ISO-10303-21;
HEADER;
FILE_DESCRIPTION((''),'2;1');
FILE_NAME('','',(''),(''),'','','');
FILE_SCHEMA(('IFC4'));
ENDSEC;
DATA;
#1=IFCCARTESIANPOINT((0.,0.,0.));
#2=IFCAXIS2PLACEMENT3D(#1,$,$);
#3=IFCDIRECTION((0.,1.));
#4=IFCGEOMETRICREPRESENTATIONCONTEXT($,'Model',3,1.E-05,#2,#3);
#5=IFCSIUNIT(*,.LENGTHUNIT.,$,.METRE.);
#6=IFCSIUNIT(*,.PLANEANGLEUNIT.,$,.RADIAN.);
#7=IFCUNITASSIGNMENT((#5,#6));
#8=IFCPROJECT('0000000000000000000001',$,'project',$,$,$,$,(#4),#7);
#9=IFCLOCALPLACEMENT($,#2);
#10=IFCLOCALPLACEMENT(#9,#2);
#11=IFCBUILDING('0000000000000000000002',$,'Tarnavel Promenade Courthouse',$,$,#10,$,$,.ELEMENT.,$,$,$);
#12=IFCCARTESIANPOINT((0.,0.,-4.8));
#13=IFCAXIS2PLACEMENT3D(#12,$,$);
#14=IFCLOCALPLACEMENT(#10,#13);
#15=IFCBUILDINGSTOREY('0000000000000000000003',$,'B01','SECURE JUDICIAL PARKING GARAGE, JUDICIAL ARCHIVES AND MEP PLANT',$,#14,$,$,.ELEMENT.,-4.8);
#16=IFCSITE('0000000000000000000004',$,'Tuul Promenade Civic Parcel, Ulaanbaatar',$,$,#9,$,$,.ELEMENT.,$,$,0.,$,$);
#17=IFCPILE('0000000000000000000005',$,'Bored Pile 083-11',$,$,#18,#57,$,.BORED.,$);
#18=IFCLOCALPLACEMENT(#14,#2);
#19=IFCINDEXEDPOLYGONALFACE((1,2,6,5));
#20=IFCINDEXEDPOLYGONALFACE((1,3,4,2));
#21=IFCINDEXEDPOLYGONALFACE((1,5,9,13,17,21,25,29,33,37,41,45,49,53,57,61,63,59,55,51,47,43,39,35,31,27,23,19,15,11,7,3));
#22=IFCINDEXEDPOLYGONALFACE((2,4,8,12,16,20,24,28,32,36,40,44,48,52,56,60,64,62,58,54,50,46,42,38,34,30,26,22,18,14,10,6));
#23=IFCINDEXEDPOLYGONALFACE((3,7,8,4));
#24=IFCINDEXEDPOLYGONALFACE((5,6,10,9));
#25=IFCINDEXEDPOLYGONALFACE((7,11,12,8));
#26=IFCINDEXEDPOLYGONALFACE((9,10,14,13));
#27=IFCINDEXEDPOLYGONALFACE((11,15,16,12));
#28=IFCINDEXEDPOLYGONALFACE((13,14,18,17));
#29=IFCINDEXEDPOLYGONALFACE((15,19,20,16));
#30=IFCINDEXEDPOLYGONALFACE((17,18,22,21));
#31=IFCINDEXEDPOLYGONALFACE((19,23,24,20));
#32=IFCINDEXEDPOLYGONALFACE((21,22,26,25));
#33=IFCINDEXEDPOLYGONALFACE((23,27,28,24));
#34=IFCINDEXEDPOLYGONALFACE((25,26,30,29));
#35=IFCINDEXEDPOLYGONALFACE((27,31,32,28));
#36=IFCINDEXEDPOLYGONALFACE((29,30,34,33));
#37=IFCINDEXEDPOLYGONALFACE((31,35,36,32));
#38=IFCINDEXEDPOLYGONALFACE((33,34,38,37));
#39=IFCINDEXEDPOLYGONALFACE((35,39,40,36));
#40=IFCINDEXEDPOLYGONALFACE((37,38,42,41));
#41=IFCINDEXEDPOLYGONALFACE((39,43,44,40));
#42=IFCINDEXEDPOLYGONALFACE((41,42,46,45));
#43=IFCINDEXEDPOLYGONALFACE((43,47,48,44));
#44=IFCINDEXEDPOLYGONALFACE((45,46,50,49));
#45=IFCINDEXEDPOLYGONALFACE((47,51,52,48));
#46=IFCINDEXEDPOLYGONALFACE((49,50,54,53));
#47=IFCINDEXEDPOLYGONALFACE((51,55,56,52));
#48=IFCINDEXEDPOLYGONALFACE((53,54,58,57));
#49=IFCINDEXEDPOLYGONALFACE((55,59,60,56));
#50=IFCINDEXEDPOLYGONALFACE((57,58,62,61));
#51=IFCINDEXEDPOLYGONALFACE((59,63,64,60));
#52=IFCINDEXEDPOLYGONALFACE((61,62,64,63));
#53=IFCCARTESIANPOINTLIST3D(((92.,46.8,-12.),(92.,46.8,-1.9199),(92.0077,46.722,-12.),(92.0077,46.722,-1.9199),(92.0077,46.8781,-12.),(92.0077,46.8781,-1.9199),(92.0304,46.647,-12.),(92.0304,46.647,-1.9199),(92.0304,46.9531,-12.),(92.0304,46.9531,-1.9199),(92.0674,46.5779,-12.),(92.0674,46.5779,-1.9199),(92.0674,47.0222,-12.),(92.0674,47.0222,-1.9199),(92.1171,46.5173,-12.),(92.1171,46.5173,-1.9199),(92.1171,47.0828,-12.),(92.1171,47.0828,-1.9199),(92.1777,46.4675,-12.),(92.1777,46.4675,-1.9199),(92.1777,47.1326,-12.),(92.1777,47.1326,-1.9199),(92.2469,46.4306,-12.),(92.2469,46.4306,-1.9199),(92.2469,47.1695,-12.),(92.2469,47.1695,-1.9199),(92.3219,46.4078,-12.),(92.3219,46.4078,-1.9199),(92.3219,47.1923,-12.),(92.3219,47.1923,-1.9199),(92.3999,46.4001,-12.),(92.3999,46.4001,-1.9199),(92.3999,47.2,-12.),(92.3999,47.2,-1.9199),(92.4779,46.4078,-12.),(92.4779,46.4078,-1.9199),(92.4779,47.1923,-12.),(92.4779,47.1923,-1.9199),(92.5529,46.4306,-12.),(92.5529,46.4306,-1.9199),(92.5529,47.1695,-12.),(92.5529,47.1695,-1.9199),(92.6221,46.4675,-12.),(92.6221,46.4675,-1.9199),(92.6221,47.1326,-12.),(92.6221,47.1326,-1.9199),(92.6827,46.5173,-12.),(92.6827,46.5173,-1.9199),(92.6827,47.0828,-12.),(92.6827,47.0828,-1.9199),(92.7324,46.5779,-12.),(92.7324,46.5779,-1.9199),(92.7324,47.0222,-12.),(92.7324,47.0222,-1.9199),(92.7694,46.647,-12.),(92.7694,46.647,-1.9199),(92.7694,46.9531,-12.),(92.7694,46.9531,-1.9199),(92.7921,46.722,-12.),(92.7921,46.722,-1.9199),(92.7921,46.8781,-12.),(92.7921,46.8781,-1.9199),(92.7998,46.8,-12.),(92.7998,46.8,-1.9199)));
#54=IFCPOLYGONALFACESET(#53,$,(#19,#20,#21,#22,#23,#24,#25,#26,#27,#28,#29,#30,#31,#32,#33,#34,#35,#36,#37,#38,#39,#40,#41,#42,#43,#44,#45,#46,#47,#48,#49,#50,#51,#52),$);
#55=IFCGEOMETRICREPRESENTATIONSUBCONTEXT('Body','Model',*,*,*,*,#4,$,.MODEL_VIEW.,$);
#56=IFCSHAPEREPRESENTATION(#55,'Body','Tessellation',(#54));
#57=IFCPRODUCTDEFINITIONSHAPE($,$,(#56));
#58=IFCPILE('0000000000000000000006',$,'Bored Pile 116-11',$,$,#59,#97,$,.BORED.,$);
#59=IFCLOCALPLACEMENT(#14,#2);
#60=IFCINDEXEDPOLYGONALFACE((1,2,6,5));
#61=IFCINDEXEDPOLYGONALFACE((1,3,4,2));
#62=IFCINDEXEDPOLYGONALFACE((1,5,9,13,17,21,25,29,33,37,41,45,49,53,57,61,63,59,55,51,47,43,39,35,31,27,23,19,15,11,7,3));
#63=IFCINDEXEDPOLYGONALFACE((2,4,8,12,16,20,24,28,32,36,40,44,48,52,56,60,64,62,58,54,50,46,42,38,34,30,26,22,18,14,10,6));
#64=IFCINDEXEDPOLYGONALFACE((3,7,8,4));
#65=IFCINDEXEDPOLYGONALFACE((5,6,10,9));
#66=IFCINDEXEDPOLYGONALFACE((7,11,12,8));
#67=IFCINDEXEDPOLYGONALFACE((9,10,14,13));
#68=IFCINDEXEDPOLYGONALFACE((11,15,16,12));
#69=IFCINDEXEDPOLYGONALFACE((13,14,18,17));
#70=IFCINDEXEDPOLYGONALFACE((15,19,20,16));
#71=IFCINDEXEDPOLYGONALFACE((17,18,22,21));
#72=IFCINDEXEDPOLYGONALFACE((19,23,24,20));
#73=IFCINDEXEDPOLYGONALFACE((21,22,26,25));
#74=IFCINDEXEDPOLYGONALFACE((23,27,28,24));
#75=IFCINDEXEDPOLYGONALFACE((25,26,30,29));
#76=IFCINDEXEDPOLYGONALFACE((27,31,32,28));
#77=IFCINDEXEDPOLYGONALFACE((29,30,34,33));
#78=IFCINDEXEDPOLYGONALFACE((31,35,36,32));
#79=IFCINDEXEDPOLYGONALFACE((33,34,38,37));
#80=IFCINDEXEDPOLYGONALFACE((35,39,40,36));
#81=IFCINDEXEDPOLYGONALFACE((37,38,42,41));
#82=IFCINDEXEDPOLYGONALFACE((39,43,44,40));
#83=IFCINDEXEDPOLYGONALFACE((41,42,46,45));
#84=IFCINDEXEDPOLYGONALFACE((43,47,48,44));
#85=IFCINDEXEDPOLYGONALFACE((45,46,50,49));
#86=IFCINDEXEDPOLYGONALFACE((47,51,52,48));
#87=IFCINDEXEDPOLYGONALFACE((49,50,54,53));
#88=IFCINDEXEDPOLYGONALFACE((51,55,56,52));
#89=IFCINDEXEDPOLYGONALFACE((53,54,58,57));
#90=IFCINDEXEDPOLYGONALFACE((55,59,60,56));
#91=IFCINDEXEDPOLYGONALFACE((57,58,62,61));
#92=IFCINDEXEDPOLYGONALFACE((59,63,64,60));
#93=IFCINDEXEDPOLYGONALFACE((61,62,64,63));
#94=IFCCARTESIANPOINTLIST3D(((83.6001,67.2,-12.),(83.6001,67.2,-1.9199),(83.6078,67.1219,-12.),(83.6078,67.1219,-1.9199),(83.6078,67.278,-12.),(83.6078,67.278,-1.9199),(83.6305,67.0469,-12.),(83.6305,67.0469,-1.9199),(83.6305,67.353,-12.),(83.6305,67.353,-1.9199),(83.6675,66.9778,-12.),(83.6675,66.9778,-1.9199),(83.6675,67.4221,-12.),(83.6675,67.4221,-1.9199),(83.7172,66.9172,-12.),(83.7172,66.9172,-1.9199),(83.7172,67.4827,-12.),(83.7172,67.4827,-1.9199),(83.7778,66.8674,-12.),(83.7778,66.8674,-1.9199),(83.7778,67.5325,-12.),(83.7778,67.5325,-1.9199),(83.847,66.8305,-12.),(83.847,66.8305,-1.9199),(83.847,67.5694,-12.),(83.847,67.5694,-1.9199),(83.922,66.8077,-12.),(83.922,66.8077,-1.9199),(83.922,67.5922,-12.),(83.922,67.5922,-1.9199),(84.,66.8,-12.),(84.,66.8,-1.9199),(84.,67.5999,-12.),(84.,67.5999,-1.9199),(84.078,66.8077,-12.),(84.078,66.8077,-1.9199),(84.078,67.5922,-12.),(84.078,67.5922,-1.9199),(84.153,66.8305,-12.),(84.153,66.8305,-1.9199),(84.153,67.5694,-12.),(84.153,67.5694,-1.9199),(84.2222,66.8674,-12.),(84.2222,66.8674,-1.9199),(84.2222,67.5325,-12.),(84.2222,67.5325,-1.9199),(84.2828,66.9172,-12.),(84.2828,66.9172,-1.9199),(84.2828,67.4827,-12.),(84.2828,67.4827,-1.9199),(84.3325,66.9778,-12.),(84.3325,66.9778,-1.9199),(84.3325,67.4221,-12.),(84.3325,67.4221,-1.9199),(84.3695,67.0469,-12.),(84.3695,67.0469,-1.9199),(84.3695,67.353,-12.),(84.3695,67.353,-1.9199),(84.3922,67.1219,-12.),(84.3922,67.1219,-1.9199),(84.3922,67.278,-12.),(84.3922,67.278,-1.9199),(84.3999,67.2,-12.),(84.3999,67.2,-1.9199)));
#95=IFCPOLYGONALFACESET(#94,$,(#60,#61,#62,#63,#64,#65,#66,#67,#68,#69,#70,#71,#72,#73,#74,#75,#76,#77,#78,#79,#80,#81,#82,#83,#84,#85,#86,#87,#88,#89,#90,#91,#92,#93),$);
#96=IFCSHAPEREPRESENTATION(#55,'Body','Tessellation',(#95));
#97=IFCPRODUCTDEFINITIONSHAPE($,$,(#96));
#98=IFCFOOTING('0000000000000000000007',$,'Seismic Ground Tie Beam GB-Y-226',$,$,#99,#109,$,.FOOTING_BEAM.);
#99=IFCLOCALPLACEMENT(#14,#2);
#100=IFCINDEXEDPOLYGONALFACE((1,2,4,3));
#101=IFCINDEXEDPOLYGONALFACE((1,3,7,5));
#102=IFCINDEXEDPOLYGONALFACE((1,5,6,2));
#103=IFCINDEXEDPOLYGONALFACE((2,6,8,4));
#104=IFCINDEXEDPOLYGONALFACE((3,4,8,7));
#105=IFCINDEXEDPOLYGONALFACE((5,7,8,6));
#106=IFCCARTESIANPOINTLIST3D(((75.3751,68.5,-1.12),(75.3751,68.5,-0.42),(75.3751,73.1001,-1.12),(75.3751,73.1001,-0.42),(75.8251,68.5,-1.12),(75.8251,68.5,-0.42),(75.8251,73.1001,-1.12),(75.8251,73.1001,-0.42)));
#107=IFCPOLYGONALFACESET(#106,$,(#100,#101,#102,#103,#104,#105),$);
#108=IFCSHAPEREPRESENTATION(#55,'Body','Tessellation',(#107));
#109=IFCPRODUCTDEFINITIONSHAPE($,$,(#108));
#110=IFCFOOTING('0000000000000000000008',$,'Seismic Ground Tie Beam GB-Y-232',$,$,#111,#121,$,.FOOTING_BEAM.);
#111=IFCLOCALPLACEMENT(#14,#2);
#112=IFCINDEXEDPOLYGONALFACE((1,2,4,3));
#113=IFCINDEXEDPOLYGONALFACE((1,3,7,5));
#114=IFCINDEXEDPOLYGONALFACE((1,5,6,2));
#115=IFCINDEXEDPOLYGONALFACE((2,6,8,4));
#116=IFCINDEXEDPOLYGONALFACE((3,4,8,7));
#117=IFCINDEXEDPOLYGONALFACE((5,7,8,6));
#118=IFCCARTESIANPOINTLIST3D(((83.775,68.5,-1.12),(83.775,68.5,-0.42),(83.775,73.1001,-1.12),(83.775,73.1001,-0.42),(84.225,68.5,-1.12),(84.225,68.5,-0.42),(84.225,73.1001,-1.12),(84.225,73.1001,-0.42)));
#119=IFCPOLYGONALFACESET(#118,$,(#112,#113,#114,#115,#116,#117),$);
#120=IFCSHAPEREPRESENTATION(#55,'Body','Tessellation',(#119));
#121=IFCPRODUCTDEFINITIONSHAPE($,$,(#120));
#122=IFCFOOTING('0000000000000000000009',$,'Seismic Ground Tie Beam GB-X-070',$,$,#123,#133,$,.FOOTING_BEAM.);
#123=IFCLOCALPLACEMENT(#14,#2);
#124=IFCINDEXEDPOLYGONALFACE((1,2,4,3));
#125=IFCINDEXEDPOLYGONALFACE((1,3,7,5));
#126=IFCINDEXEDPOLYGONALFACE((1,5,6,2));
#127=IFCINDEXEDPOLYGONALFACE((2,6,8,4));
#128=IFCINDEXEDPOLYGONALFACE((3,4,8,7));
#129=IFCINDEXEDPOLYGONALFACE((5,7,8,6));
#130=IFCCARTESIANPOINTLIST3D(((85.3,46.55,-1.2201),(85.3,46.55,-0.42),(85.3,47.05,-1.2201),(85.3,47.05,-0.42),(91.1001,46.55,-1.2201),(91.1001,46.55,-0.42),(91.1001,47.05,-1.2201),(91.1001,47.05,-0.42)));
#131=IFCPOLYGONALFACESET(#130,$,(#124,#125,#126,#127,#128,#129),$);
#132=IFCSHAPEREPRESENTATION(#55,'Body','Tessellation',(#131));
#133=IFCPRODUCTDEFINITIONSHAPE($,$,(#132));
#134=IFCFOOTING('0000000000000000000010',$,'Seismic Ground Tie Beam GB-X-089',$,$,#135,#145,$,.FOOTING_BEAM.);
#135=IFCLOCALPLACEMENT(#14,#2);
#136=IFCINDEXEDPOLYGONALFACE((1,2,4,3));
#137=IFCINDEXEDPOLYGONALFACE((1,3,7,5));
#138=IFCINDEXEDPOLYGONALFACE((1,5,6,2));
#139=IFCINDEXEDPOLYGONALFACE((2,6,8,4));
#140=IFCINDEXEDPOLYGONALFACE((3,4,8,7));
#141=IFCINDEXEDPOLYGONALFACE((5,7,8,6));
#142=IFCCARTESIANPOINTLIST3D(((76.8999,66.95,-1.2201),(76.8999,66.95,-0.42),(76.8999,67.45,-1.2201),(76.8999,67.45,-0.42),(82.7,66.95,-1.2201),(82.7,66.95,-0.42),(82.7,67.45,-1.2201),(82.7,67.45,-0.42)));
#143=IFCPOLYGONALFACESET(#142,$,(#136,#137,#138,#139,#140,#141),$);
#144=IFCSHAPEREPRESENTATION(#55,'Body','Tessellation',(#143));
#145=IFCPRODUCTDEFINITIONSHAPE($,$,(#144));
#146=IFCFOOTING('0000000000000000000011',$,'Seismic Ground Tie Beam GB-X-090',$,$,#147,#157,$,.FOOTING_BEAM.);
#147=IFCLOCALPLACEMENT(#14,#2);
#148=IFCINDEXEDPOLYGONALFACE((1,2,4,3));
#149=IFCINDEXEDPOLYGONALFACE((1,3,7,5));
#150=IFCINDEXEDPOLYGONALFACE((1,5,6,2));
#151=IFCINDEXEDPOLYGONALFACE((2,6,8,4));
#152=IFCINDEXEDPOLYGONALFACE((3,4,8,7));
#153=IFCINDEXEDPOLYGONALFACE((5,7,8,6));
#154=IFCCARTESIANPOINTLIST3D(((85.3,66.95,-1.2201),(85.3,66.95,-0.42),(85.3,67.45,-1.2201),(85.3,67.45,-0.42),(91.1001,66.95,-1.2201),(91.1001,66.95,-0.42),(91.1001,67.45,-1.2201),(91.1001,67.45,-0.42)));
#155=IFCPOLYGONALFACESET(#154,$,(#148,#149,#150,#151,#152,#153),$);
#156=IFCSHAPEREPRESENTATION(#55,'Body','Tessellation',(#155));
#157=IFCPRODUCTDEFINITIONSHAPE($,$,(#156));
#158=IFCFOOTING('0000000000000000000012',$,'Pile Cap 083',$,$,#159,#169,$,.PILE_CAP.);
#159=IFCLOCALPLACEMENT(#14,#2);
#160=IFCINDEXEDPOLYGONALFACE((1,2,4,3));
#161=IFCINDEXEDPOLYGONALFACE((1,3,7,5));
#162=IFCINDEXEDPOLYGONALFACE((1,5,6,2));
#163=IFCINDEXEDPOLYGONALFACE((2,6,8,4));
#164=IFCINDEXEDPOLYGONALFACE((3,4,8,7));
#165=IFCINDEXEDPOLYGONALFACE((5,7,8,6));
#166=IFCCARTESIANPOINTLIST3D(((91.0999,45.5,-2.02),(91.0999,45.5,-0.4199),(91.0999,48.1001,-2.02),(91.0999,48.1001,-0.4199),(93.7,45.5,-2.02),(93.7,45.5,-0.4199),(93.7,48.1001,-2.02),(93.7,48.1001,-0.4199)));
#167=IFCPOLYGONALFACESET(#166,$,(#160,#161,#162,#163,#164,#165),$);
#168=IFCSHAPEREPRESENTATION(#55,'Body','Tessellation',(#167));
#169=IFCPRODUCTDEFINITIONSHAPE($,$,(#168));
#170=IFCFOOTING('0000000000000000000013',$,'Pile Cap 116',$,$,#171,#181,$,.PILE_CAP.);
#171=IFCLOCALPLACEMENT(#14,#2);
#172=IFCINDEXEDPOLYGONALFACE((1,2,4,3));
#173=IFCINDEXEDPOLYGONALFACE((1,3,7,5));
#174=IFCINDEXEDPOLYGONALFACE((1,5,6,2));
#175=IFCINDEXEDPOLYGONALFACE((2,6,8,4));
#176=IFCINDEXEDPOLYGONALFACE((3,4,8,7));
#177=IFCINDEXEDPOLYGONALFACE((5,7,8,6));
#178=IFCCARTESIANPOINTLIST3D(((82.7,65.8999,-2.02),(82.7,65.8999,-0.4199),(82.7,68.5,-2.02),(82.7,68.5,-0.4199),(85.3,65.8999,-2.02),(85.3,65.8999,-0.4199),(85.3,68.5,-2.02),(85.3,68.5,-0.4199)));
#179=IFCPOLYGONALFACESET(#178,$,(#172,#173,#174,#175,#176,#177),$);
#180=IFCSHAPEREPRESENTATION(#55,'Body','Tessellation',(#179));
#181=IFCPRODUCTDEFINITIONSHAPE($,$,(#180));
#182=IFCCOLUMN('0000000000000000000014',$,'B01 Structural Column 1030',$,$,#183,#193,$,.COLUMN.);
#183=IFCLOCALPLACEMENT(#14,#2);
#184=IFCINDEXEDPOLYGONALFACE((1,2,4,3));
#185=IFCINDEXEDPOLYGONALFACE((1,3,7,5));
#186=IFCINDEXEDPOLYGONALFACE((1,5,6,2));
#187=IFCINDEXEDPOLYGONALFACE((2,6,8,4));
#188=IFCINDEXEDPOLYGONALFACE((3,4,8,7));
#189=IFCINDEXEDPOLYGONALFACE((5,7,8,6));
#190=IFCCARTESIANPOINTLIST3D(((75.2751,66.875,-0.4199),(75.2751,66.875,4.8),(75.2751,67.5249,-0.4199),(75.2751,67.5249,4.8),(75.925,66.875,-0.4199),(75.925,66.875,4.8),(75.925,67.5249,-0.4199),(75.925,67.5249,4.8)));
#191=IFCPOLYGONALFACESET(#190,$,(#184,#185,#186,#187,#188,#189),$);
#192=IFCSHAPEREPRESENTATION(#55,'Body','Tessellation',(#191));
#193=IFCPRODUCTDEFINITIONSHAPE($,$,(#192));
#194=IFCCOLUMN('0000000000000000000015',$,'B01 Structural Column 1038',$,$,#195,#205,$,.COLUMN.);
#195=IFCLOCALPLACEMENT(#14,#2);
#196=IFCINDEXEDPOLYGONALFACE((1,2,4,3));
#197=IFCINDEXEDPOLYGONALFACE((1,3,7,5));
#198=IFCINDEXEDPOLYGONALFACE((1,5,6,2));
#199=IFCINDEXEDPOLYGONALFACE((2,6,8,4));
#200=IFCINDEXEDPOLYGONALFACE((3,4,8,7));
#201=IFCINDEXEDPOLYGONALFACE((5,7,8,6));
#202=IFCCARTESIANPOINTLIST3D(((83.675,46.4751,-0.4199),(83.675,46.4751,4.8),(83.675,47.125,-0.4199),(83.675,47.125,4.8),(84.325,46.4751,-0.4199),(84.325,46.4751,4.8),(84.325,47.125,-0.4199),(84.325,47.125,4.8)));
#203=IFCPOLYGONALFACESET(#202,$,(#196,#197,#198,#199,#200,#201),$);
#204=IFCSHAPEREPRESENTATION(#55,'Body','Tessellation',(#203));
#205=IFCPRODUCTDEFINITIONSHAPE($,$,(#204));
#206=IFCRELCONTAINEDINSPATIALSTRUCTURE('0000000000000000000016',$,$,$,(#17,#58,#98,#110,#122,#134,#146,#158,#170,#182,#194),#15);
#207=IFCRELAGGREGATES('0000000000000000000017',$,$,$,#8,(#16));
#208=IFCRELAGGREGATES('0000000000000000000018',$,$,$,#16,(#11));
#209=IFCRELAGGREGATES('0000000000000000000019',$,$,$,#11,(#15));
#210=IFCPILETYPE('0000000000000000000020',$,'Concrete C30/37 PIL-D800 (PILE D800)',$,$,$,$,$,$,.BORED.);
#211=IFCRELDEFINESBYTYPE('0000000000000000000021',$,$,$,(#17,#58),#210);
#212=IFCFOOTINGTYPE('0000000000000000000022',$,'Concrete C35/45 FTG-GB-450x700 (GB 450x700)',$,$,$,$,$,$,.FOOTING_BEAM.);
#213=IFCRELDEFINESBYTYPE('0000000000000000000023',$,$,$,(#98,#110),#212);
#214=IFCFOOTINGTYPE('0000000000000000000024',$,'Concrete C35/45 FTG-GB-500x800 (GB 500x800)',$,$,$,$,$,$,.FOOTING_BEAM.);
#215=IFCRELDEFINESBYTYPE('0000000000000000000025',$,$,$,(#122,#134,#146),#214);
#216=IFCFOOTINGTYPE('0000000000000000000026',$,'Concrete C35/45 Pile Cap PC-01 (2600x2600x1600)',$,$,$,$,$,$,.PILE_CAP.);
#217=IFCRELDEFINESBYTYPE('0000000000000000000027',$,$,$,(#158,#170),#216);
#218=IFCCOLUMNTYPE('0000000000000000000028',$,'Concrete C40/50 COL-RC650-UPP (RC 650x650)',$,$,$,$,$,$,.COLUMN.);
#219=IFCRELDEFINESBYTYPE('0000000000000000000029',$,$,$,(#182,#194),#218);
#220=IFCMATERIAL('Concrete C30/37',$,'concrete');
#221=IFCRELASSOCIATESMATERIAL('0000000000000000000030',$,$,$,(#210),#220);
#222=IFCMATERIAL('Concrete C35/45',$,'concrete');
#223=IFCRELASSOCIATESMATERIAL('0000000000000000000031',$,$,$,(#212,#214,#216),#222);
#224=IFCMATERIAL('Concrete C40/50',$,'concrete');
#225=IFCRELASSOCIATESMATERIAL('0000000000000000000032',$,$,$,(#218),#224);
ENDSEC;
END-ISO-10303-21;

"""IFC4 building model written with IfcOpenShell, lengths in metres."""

from ifc_helpers import new_model, si_unit, direction, frame, origin, origin_2d, place, context, subcontext, project, spatial, rectangle, circle, extrude, material, material_profile, profile_set, type_object, element, save


model = new_model("IFC4")

# Units and contexts
model_context = context("Model", 3, precision=1e-05, world=origin(), true_north=direction((0.0, 1.0)))
body_context = subcontext(model_context, "Body", "Model", "MODEL_VIEW")
ifc_project = project(units=[si_unit("LENGTHUNIT", "METRE"), si_unit("PLANEANGLEUNIT", "RADIAN")], contexts=[model_context])

# Site, building, storey
site_placement = place(None, origin())
site = spatial("IfcSite", under=ifc_project, at=site_placement, Name="Tuul Promenade Civic Parcel, Ulaanbaatar", CompositionType="ELEMENT", RefElevation=0.0)
building_placement = place(site_placement, origin())
building = spatial("IfcBuilding", under=site, at=building_placement, Name="Tarnavel Promenade Courthouse", CompositionType="ELEMENT")
storey_placement = place(building_placement, frame((0.0, 0.0, -4.8)))
storey = spatial("IfcBuildingStorey", under=building, at=storey_placement, Name="B01", Description="SECURE JUDICIAL PARKING GARAGE, JUDICIAL ARCHIVES AND MEP PLANT", CompositionType="ELEMENT", Elevation=-4.8)

# Piles
ifc_material_1 = material(Name="Concrete C30/37", Category="concrete")
ifc_material_profile_1 = material_profile(ifc_material_1, circle(Radius=0.3999, at=origin_2d()), Name="PILE D800")
ifc_profile_set_1 = profile_set([ifc_material_profile_1], Name="Concrete C30/37")
pile_type = type_object("IfcPileType", Name="Concrete C30/37 PIL-D800 (PILE D800)", PredefinedType="BORED", material=ifc_profile_set_1)
for number, where, z_axis, x_axis, name in (
    (1, (92.3999, 46.8, -1.9199), (0.0, 0.0, -1.0), (1.0, 0.0, 0.0), "Bored Pile 083-11"),
    (2, (84.0, 67.2, -1.9199), (0.0, 0.0, -1.0), (1.0, 0.0, 0.0), "Bored Pile 116-11"),
):
    element("IfcPile", number, at=place(storey_placement, frame(where, z_axis=z_axis, x_axis=x_axis)), inside=storey, type_object=pile_type, Name=name, PredefinedType="BORED", context=body_context, shape_type="SweptSolid", body=[
        extrude(circle(Radius=0.3999, at=origin_2d()), origin(), (0.0, 0.0, 1.0), 10.0801),
    ])

# Footings
ifc_material_2 = material(Name="Concrete C35/45", Category="concrete")
ifc_material_profile_2 = material_profile(ifc_material_2, rectangle(XDim=0.45, YDim=0.7, at=origin_2d()), Name="GB 450x700")
ifc_profile_set_2 = profile_set([ifc_material_profile_2], Name="Concrete C35/45")
footing_type_1 = type_object("IfcFootingType", Name="Concrete C35/45 FTG-GB-450x700 (GB 450x700)", PredefinedType="FOOTING_BEAM", material=ifc_profile_set_2)
for number, where, z_axis, x_axis, name in (
    (3, (75.6001, 68.5, -0.77), (0.0, 1.0, 0.0), (-1.0, 0.0, 0.0), "Seismic Ground Tie Beam GB-Y-226"),
    (4, (84.0, 68.5, -0.77), (0.0, 1.0, 0.0), (-1.0, 0.0, 0.0), "Seismic Ground Tie Beam GB-Y-232"),
):
    element("IfcFooting", number, at=place(storey_placement, frame(where, z_axis=z_axis, x_axis=x_axis)), inside=storey, type_object=footing_type_1, Name=name, PredefinedType="FOOTING_BEAM", context=body_context, shape_type="SweptSolid", body=[
        extrude(rectangle(XDim=0.45, YDim=0.7, at=origin_2d()), origin(), (0.0, 0.0, 1.0), 4.6001),
    ])
ifc_material_profile_3 = material_profile(ifc_material_2, rectangle(XDim=0.5, YDim=0.8, at=origin_2d()), Name="GB 500x800")
ifc_profile_set_3 = profile_set([ifc_material_profile_3], Name="Concrete C35/45")
footing_type_2 = type_object("IfcFootingType", Name="Concrete C35/45 FTG-GB-500x800 (GB 500x800)", PredefinedType="FOOTING_BEAM", material=ifc_profile_set_3)
for number, where, z_axis, x_axis, name in (
    (5, (85.3, 46.8, -0.8201), (1.0, 0.0, 0.0), (0.0, 1.0, 0.0), "Seismic Ground Tie Beam GB-X-070"),
    (6, (76.8999, 67.2, -0.8201), (1.0, 0.0, 0.0), (0.0, 1.0, 0.0), "Seismic Ground Tie Beam GB-X-089"),
    (7, (85.3, 67.2, -0.8201), (1.0, 0.0, 0.0), (0.0, 1.0, 0.0), "Seismic Ground Tie Beam GB-X-090"),
):
    element("IfcFooting", number, at=place(storey_placement, frame(where, z_axis=z_axis, x_axis=x_axis)), inside=storey, type_object=footing_type_2, Name=name, PredefinedType="FOOTING_BEAM", context=body_context, shape_type="SweptSolid", body=[
        extrude(rectangle(XDim=0.5, YDim=0.8, at=origin_2d()), origin(), (0.0, 0.0, 1.0), 5.8),
    ])
footing_type_3 = type_object("IfcFootingType", Name="Concrete C35/45 Pile Cap PC-01 (2600x2600x1600)", PredefinedType="PILE_CAP", material=ifc_material_2)
for number, where, z_axis, x_axis, name in (
    (8, (92.3999, 46.8, -2.02), (0.0, 0.0, 1.0), (1.0, 0.0, 0.0), "Pile Cap 083"),
    (9, (84.0, 67.2, -2.02), (0.0, 0.0, 1.0), (1.0, 0.0, 0.0), "Pile Cap 116"),
):
    element("IfcFooting", number, at=place(storey_placement, frame(where, z_axis=z_axis, x_axis=x_axis)), inside=storey, type_object=footing_type_3, Name=name, PredefinedType="PILE_CAP", context=body_context, shape_type="SweptSolid", body=[
        extrude(rectangle(XDim=2.6001, YDim=2.6001, at=origin_2d()), origin(), (0.0, 0.0, 1.0), 1.6001),
    ])

# Columns
ifc_material_3 = material(Name="Concrete C40/50", Category="concrete")
ifc_material_profile_4 = material_profile(ifc_material_3, rectangle(XDim=0.6499, YDim=0.6499, at=origin_2d()), Name="RC 650x650")
ifc_profile_set_4 = profile_set([ifc_material_profile_4], Name="Concrete C40/50")
column_type = type_object("IfcColumnType", Name="Concrete C40/50 COL-RC650-UPP (RC 650x650)", PredefinedType="COLUMN", material=ifc_profile_set_4)
for number, where, z_axis, x_axis, name in (
    (10, (75.6001, 67.2, -0.4199), (0.0, 0.0, 1.0), (1.0, 0.0, 0.0), "B01 Structural Column 1030"),
    (11, (84.0, 46.8, -0.4199), (0.0, 0.0, 1.0), (1.0, 0.0, 0.0), "B01 Structural Column 1038"),
):
    element("IfcColumn", number, at=place(storey_placement, frame(where, z_axis=z_axis, x_axis=x_axis)), inside=storey, type_object=column_type, Name=name, PredefinedType="COLUMN", context=body_context, shape_type="SweptSolid", body=[
        extrude(rectangle(XDim=0.6499, YDim=0.6499, at=origin_2d()), origin(), (0.0, 0.0, 1.0), 5.22),
    ])

save(model, "model.ifc")
